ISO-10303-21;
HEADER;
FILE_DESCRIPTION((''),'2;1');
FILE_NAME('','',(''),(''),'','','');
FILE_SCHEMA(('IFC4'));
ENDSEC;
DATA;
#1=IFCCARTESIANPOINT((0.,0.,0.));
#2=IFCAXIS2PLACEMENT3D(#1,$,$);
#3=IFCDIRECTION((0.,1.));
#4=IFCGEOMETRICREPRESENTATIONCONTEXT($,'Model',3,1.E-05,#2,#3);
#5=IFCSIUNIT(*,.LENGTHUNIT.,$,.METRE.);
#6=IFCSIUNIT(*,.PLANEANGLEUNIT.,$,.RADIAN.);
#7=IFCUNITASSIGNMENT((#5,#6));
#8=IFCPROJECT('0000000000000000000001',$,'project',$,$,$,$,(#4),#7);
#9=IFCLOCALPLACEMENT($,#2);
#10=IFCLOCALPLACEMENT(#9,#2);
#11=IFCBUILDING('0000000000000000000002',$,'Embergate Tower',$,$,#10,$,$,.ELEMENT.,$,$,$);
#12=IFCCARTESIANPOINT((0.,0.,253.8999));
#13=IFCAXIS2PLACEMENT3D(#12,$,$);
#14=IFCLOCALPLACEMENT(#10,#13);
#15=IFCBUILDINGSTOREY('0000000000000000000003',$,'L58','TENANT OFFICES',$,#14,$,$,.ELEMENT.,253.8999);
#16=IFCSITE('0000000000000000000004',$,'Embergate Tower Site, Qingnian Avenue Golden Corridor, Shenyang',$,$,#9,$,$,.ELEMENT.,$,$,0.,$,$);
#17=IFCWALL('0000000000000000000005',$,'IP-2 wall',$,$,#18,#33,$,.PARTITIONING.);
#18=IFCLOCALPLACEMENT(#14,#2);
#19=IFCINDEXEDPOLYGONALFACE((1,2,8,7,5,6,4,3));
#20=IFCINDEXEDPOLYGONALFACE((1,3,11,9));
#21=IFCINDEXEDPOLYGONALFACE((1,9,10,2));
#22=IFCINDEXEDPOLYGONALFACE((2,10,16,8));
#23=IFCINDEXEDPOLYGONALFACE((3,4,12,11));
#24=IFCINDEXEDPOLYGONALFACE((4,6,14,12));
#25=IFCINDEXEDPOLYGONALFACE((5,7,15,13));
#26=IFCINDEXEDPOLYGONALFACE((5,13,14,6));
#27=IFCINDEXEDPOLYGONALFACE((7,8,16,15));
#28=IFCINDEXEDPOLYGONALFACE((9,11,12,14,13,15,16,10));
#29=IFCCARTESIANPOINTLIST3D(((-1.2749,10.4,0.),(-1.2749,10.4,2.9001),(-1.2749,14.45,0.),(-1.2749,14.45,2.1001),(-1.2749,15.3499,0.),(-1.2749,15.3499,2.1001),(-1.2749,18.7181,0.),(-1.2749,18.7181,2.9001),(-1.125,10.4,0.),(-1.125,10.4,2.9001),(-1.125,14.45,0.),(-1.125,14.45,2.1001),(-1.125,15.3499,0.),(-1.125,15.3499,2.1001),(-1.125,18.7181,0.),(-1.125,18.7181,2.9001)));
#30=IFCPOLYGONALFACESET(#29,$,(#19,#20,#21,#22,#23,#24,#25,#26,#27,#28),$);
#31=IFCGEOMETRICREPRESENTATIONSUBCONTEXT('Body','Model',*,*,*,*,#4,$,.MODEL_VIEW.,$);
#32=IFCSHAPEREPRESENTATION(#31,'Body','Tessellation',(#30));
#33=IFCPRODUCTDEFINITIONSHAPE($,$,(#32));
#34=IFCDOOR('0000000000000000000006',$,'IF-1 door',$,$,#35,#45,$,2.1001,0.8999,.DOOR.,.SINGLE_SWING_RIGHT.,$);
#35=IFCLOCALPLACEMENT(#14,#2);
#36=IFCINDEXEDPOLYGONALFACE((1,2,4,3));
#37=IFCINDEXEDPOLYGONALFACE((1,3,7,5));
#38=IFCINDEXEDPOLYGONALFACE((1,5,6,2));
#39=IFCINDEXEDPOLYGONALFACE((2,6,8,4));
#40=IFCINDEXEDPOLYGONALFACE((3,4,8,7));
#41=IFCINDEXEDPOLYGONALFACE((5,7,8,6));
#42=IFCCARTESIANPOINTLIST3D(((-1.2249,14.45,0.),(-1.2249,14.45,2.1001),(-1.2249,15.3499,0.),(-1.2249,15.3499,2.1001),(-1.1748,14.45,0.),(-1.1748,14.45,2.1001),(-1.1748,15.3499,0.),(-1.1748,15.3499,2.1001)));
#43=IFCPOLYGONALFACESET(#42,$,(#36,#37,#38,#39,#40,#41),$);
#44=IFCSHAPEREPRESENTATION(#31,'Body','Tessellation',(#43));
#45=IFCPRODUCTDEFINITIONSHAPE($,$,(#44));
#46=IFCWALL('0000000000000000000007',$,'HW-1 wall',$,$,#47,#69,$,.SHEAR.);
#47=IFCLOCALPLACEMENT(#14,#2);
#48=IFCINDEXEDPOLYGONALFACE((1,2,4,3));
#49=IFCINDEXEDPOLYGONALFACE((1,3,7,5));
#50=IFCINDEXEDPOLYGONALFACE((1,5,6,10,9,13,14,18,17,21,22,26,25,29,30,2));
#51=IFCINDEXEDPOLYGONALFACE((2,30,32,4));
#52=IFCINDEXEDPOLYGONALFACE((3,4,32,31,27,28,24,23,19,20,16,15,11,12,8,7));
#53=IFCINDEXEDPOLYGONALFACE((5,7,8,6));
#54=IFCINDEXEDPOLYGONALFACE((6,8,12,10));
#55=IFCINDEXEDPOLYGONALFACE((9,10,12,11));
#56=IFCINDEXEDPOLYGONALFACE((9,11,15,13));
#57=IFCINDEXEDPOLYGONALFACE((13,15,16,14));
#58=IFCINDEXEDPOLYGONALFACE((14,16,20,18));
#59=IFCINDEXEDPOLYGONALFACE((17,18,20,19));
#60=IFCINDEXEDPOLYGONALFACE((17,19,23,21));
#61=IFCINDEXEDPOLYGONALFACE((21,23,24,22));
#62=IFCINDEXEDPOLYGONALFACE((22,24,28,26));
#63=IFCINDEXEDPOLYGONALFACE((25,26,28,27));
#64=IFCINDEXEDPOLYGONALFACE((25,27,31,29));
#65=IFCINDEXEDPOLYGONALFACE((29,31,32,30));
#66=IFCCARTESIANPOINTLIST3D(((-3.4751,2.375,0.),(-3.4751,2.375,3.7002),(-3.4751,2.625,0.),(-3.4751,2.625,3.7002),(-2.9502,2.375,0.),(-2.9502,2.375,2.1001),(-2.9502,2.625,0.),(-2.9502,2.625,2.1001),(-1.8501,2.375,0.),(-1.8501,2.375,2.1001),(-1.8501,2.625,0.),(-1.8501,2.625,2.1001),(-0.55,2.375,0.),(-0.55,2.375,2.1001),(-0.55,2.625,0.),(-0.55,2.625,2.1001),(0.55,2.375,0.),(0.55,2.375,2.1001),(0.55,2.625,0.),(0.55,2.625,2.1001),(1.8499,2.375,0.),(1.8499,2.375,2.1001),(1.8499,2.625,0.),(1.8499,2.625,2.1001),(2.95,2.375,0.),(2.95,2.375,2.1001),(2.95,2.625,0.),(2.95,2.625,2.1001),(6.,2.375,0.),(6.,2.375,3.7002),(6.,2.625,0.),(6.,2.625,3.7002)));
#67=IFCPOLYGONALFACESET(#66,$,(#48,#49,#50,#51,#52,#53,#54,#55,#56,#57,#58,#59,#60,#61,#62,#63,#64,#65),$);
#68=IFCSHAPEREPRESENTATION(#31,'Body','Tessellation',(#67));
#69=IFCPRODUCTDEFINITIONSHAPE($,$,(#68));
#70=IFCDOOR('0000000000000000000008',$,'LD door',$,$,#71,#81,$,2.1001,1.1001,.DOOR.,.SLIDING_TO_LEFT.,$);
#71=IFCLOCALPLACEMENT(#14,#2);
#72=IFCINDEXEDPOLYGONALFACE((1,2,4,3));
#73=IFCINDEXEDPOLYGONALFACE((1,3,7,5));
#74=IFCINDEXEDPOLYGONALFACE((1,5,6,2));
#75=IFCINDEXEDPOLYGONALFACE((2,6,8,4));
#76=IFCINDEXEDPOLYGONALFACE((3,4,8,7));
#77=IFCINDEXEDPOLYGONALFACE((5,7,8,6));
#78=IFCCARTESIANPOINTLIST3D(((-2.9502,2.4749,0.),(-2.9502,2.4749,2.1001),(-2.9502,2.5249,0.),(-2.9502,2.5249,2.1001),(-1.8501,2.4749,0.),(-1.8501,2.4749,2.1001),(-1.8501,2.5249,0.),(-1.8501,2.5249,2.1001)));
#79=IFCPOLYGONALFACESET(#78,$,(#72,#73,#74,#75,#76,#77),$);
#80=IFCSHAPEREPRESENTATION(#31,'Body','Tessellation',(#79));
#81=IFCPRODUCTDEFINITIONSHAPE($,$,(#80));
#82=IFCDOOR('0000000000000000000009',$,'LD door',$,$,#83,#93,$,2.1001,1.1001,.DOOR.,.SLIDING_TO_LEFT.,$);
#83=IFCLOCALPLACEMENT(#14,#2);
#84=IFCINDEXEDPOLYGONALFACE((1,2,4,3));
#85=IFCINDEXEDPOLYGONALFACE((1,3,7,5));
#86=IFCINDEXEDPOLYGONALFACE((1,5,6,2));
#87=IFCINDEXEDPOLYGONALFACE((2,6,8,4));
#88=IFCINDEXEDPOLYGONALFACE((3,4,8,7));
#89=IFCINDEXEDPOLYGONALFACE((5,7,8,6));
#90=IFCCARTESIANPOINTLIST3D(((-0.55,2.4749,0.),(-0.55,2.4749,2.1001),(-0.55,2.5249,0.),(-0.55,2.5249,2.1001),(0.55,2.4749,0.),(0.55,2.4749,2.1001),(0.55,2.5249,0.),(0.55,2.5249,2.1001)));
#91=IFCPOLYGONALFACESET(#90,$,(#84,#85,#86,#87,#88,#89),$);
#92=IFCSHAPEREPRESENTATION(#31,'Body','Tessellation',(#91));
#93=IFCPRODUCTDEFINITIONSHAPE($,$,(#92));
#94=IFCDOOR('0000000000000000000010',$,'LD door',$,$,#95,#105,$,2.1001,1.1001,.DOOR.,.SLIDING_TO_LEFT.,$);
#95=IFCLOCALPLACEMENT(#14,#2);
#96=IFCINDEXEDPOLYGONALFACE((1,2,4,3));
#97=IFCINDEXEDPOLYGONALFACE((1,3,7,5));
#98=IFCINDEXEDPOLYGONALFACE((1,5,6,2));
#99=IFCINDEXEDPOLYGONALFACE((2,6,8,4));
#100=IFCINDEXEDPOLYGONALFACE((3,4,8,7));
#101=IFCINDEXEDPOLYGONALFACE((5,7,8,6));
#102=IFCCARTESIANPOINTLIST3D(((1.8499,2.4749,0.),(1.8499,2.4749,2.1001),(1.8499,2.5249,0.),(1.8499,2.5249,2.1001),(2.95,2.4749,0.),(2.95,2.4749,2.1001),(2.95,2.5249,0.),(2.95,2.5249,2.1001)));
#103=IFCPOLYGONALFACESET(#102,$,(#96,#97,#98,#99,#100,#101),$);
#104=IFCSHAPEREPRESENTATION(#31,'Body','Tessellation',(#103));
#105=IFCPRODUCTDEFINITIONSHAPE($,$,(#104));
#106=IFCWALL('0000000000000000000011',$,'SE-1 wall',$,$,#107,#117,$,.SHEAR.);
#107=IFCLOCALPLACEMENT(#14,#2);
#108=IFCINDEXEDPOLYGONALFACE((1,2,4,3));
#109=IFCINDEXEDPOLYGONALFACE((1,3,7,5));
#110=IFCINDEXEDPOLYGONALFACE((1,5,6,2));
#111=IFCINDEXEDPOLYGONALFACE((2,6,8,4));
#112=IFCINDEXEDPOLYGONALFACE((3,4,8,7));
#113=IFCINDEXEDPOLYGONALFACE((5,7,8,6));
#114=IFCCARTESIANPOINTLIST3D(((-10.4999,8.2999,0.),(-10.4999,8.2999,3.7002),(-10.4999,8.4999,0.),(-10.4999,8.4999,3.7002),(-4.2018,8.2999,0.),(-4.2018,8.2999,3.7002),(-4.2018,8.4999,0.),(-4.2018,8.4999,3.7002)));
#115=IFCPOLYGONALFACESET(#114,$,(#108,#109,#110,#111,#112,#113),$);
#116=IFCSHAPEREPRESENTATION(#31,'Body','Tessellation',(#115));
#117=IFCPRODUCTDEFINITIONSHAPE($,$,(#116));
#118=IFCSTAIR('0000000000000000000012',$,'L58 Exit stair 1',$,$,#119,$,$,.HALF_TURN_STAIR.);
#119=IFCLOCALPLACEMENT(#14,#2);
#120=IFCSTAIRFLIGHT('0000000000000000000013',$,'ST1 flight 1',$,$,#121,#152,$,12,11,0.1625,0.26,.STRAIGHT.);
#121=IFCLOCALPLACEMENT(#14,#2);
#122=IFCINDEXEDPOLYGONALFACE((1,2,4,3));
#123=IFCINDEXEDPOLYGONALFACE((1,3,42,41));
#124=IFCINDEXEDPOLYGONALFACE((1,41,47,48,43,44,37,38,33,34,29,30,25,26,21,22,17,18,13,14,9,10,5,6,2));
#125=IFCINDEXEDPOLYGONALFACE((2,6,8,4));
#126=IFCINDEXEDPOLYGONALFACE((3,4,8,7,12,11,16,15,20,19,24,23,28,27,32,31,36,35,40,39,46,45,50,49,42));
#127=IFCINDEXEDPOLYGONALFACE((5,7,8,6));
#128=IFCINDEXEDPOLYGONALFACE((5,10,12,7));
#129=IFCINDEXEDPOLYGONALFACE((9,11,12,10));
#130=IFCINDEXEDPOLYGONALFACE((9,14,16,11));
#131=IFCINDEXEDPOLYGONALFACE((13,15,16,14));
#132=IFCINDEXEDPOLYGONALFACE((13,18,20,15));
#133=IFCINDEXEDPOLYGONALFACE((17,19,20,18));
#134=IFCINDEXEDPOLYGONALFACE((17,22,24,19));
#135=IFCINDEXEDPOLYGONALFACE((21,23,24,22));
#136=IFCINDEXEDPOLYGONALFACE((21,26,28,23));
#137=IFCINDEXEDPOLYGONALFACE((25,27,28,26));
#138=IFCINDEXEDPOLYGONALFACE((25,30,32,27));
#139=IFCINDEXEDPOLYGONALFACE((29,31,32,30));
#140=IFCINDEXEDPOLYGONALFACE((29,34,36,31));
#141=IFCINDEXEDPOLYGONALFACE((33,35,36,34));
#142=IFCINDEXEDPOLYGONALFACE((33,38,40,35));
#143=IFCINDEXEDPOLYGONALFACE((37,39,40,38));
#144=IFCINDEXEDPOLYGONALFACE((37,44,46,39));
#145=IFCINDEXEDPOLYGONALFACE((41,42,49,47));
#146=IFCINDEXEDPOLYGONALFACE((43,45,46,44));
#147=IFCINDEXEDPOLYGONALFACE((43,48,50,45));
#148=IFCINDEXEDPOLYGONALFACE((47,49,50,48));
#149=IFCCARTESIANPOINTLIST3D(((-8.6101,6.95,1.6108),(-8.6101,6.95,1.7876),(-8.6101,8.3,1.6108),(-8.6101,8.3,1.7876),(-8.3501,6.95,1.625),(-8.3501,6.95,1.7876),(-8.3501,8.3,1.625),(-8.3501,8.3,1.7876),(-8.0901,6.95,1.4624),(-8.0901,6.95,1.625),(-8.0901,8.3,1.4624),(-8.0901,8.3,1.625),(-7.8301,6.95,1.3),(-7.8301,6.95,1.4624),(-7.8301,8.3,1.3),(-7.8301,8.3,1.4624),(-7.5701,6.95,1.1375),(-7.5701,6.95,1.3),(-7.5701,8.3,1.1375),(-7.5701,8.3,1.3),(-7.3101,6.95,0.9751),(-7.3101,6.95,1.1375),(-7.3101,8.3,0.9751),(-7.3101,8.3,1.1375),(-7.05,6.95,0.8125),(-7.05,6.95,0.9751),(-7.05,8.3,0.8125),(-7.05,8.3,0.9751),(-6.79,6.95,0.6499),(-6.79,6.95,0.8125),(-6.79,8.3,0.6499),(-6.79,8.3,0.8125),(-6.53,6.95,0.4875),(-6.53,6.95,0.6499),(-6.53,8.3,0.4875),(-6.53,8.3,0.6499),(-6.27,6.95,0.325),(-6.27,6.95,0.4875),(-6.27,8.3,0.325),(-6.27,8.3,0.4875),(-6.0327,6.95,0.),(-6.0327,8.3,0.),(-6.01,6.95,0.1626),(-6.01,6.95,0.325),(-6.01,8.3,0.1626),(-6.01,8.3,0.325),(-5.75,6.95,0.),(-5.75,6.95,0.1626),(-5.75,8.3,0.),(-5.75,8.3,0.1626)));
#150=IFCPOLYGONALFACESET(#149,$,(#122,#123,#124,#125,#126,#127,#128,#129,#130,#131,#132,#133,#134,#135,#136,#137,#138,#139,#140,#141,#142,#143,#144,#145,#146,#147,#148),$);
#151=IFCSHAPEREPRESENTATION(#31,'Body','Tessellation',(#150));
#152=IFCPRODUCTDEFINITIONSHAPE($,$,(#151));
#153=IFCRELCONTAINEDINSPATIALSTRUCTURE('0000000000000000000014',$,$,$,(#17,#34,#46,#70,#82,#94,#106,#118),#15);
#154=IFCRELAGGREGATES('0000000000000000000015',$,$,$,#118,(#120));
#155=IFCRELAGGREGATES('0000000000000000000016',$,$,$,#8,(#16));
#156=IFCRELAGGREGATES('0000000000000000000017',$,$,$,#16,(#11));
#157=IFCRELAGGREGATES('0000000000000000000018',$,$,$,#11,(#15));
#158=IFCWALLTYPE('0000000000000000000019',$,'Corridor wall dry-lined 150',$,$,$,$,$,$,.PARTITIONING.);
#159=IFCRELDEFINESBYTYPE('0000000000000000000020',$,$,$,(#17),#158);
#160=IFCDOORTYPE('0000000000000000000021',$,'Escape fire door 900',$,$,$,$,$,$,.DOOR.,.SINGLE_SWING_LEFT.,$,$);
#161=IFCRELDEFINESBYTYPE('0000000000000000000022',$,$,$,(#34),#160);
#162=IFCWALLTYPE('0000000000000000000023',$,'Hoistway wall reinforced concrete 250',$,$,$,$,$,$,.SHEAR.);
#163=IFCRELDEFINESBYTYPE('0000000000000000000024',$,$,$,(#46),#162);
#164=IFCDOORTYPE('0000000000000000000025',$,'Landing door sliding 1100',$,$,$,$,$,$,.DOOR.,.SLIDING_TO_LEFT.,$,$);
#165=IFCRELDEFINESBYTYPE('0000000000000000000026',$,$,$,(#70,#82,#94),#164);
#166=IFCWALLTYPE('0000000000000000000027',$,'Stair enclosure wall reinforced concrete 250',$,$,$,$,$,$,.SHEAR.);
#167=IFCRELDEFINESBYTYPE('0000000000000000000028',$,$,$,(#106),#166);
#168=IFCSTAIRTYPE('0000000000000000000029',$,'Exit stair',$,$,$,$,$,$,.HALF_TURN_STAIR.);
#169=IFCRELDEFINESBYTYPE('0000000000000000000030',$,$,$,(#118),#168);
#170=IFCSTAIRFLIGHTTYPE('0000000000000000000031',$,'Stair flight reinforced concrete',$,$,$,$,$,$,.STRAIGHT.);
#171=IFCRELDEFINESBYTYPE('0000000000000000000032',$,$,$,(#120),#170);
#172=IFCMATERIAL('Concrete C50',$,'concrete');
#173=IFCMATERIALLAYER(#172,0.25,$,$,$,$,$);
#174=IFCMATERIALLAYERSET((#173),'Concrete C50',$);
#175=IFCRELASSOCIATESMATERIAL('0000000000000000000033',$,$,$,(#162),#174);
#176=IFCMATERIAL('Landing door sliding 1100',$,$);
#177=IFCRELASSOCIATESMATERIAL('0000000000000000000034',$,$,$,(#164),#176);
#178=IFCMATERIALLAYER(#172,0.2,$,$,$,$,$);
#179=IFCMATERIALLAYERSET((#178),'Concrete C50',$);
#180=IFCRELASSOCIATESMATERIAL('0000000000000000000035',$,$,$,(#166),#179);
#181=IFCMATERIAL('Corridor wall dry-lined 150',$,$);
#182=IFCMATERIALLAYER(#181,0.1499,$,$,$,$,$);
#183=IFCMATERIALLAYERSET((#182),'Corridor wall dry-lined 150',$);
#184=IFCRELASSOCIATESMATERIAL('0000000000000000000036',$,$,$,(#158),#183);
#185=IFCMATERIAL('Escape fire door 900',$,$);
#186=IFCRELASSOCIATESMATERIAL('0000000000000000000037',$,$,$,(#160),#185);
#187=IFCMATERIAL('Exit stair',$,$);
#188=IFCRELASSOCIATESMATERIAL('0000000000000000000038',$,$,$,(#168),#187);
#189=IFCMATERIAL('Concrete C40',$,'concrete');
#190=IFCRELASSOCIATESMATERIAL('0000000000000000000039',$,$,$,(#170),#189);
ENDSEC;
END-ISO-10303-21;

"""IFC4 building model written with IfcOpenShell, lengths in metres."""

from ifc_helpers import new_model, si_unit, direction, frame, frame_2d, origin, place, context, subcontext, project, spatial, polyline, rectangle, outline, extrude, source, transform, mapped, material, layer, layer_set, type_object, element, fill, aggregate, save


model = new_model("IFC4")

# Units and contexts
model_context = context("Model", 3, precision=1e-05, world=origin(), true_north=direction((0.0, 1.0)))
body_context = subcontext(model_context, "Body", "Model", "MODEL_VIEW")
ifc_project = project(units=[si_unit("LENGTHUNIT", "METRE"), si_unit("PLANEANGLEUNIT", "RADIAN")], contexts=[model_context])

# Site, building, storey
site_placement = place(None, origin())
site = spatial("IfcSite", under=ifc_project, at=site_placement, Name="Embergate Tower Site, Qingnian Avenue Golden Corridor, Shenyang", CompositionType="ELEMENT", RefElevation=0.0)
building_placement = place(site_placement, origin())
building = spatial("IfcBuilding", under=site, at=building_placement, Name="Embergate Tower", CompositionType="ELEMENT")
storey_placement = place(building_placement, frame((0.0, 0.0, 253.8999)))
storey = spatial("IfcBuildingStorey", under=building, at=storey_placement, Name="L58", Description="TENANT OFFICES", CompositionType="ELEMENT", Elevation=253.8999)

# Shared definitions
ifc_material_1 = material(Name="Concrete C50", Category="concrete")
ifc_layer_1 = layer(ifc_material_1, 0.25)
ifc_layer_set_1 = layer_set([ifc_layer_1], Name="Concrete C50")
wall_type_1 = type_object("IfcWallType", Name="Hoistway wall reinforced concrete 250", PredefinedType="SHEAR", material=ifc_layer_set_1)

# Shared definitions
shared_shape_1 = source(origin(), body_context, "Body", "SweptSolid", [
    extrude(rectangle(XDim=1.1001, YDim=2.1001, at=frame_2d((0.55, 1.05))), frame((0.0, 0.135, 0.0), z_axis=(0.0, -1.0, 0.0), x_axis=(1.0, 0.0, 0.0)), (0.0, 0.0, 1.0), 0.27),
])
ifc_material_2 = material(Name="Landing door sliding 1100")
door_type_1 = type_object("IfcDoorType", Name="Landing door sliding 1100", OperationType="SLIDING_TO_LEFT", PredefinedType="DOOR", material=ifc_material_2)
shared_shape_2 = source(origin(), body_context, "Body", "SweptSolid", [
    extrude(rectangle(XDim=1.1001, YDim=2.1001, at=frame_2d((0.55, 1.05))), frame((0.0, 0.0249, 0.0), z_axis=(0.0, -1.0, 0.0), x_axis=(1.0, 0.0, 0.0)), (0.0, 0.0, 1.0), 0.05),
])

# Shared definitions
ifc_layer_2 = layer(ifc_material_1, 0.2)
ifc_layer_set_2 = layer_set([ifc_layer_2], Name="Concrete C50")
wall_type_2 = type_object("IfcWallType", Name="Stair enclosure wall reinforced concrete 250", PredefinedType="SHEAR", material=ifc_layer_set_2)

# Wall, opening, door
ifc_material_3 = material(Name="Corridor wall dry-lined 150")
ifc_layer_3 = layer(ifc_material_3, 0.1499)
ifc_layer_set_3 = layer_set([ifc_layer_3], Name="Corridor wall dry-lined 150")
wall_type_3 = type_object("IfcWallType", Name="Corridor wall dry-lined 150", PredefinedType="PARTITIONING", material=ifc_layer_set_3)
shared_shape_3 = source(origin(), body_context, "Body", "SweptSolid", [
    extrude(rectangle(XDim=8.3181, YDim=0.1499, at=frame_2d((4.1592, 0.0))), origin(), (0.0, 0.0, 1.0), 2.9001),
])
wall_1_placement = place(storey_placement, frame((-1.2, 10.3999, 0.0), z_axis=(0.0, 0.0, 1.0), x_axis=(0.0, 1.0, 0.0)))
wall_1 = element("IfcWall", 1, at=wall_1_placement, inside=storey, type_object=wall_type_3, Name="IP-2 wall", PredefinedType="PARTITIONING", context=body_context, shape_type="MappedRepresentation", body=[
    mapped(shared_shape_3, transform((0.0, 0.0, 0.0))),
])
shared_shape_4 = source(origin(), body_context, "Body", "SweptSolid", [
    extrude(rectangle(XDim=0.8999, YDim=2.1001, at=frame_2d((0.45, 1.05))), frame((0.0, 0.085, 0.0), z_axis=(0.0, -1.0, 0.0), x_axis=(1.0, 0.0, 0.0)), (0.0, 0.0, 1.0), 0.1699),
])
opening_1_placement = place(wall_1_placement, frame((4.05, 0.0, 0.0)))
opening_1 = element("IfcOpeningElement", 2, at=opening_1_placement, cuts=wall_1, PredefinedType="OPENING", context=body_context, shape_type="MappedRepresentation", body=[
    mapped(shared_shape_4, transform((0.0, 0.0, 0.0))),
])
ifc_material_4 = material(Name="Escape fire door 900")
door_type_2 = type_object("IfcDoorType", Name="Escape fire door 900", OperationType="SINGLE_SWING_LEFT", PredefinedType="DOOR", material=ifc_material_4)
shared_shape_5 = source(origin(), body_context, "Body", "SweptSolid", [
    extrude(rectangle(XDim=0.8999, YDim=2.1001, at=frame_2d((0.45, 1.05))), frame((0.0, 0.0249, 0.0), z_axis=(0.0, -1.0, 0.0), x_axis=(1.0, 0.0, 0.0)), (0.0, 0.0, 1.0), 0.05),
])
door_1_placement = place(opening_1_placement, origin())
door_1 = element("IfcDoor", 3, at=door_1_placement, inside=storey, type_object=door_type_2, Name="IF-1 door", OperationType="SINGLE_SWING_RIGHT", OverallHeight=2.1001, OverallWidth=0.8999, PredefinedType="DOOR", context=body_context, shape_type="MappedRepresentation", body=[
    mapped(shared_shape_5, transform((0.0, 0.0, 0.0))),
])
fill(opening_1, door_1)

# Wall, openings, doors
shared_shape_6 = source(origin(), body_context, "Body", "SweptSolid", [
    extrude(rectangle(XDim=9.4751, YDim=0.25, at=frame_2d((4.7375, 0.0))), origin(), (0.0, 0.0, 1.0), 3.7002),
])
wall_2_placement = place(storey_placement, frame((-3.4751, 2.5, 0.0), z_axis=(0.0, 0.0, 1.0), x_axis=(1.0, 0.0, 0.0)))
wall_2 = element("IfcWall", 4, at=wall_2_placement, inside=storey, type_object=wall_type_1, Name="HW-1 wall", PredefinedType="SHEAR", context=body_context, shape_type="MappedRepresentation", body=[
    mapped(shared_shape_6, transform((0.0, 0.0, 0.0))),
])
opening_2_placement = place(wall_2_placement, frame((0.5249, 0.0, 0.0)))
opening_2 = element("IfcOpeningElement", 5, at=opening_2_placement, cuts=wall_2, PredefinedType="OPENING", context=body_context, shape_type="MappedRepresentation", body=[
    mapped(shared_shape_1, transform((0.0, 0.0, 0.0))),
])
opening_3_placement = place(wall_2_placement, frame((2.925, 0.0, 0.0)))
opening_3 = element("IfcOpeningElement", 6, at=opening_3_placement, cuts=wall_2, PredefinedType="OPENING", context=body_context, shape_type="MappedRepresentation", body=[
    mapped(shared_shape_1, transform((0.0, 0.0, 0.0))),
])
opening_4_placement = place(wall_2_placement, frame((5.325, 0.0, 0.0)))
opening_4 = element("IfcOpeningElement", 7, at=opening_4_placement, cuts=wall_2, PredefinedType="OPENING", context=body_context, shape_type="MappedRepresentation", body=[
    mapped(shared_shape_1, transform((0.0, 0.0, 0.0))),
])
door_2_placement = place(opening_2_placement, origin())
door_2 = element("IfcDoor", 8, at=door_2_placement, inside=storey, type_object=door_type_1, Name="LD door", OperationType="SLIDING_TO_LEFT", OverallHeight=2.1001, OverallWidth=1.1001, PredefinedType="DOOR", context=body_context, shape_type="MappedRepresentation", body=[
    mapped(shared_shape_2, transform((0.0, 0.0, 0.0))),
])
fill(opening_2, door_2)
door_3_placement = place(opening_3_placement, origin())
door_3 = element("IfcDoor", 9, at=door_3_placement, inside=storey, type_object=door_type_1, Name="LD door", OperationType="SLIDING_TO_LEFT", OverallHeight=2.1001, OverallWidth=1.1001, PredefinedType="DOOR", context=body_context, shape_type="MappedRepresentation", body=[
    mapped(shared_shape_2, transform((0.0, 0.0, 0.0))),
])
fill(opening_3, door_3)
door_4_placement = place(opening_4_placement, origin())
door_4 = element("IfcDoor", 10, at=door_4_placement, inside=storey, type_object=door_type_1, Name="LD door", OperationType="SLIDING_TO_LEFT", OverallHeight=2.1001, OverallWidth=1.1001, PredefinedType="DOOR", context=body_context, shape_type="MappedRepresentation", body=[
    mapped(shared_shape_2, transform((0.0, 0.0, 0.0))),
])
fill(opening_4, door_4)

# Wall
shared_shape_7 = source(origin(), body_context, "Body", "SweptSolid", [
    extrude(rectangle(XDim=6.2981, YDim=0.2, at=frame_2d((3.1489, 0.0))), origin(), (0.0, 0.0, 1.0), 3.7002),
])
wall_3_placement = place(storey_placement, frame((-4.2019, 8.3999, 0.0), z_axis=(0.0, 0.0, 1.0), x_axis=(-1.0, 0.0, 0.0)))
element("IfcWall", 11, at=wall_3_placement, inside=storey, type_object=wall_type_2, Name="SE-1 wall", PredefinedType="SHEAR", context=body_context, shape_type="MappedRepresentation", body=[
    mapped(shared_shape_7, transform((0.0, 0.0, 0.0))),
])

# Stair, stair flight
ifc_material_5 = material(Name="Exit stair")
stair_type = type_object("IfcStairType", Name="Exit stair", PredefinedType="HALF_TURN_STAIR", material=ifc_material_5)
stair_placement = place(storey_placement, origin())
stair = element("IfcStair", 12, at=stair_placement, inside=storey, type_object=stair_type, Name="L58 Exit stair 1", PredefinedType="HALF_TURN_STAIR")
ifc_material_6 = material(Name="Concrete C40", Category="concrete")
stair_flight_type = type_object("IfcStairFlightType", Name="Stair flight reinforced concrete", PredefinedType="STRAIGHT", material=ifc_material_6)
shared_shape_8 = source(origin(), body_context, "Body", "SweptSolid", [
    extrude(outline(polyline([(0.0, 0.0), (0.0, 0.1626), (0.26, 0.1626), (0.26, 0.325), (0.52, 0.325), (0.52, 0.4875), (0.78, 0.4875), (0.78, 0.6499), (1.04, 0.6499), (1.04, 0.8125), (1.3, 0.8125), (1.3, 0.9751), (1.5601, 0.9751), (1.5601, 1.1375), (1.8201, 1.1375), (1.8201, 1.3), (2.0801, 1.3), (2.0801, 1.4624), (2.3401, 1.4624), (2.3401, 1.625), (2.6001, 1.625), (2.6001, 1.7876), (2.8601, 1.7876), (2.8601, 1.95), (2.8601, 1.6108), (0.2827, 0.0), (0.0, 0.0)])), frame((0.0, 0.675, 0.0), z_axis=(0.0, -1.0, 0.0), x_axis=(1.0, 0.0, 0.0)), (0.0, 0.0, 1.0), 1.3501),
])
stair_flight_placement = place(storey_placement, frame((-5.75, 7.625, 0.0), z_axis=(0.0, 0.0, 1.0), x_axis=(-1.0, 0.0, 0.0)))
stair_flight = element("IfcStairFlight", 13, at=stair_flight_placement, type_object=stair_flight_type, Name="ST1 flight 1", NumberOfRisers=12, NumberOfTreads=11, PredefinedType="STRAIGHT", RiserHeight=0.1625, TreadLength=0.26, context=body_context, shape_type="MappedRepresentation", body=[
    mapped(shared_shape_8, transform((0.0, 0.0, 0.0))),
])
aggregate(stair, [stair_flight])

save(model, "model.ifc")
